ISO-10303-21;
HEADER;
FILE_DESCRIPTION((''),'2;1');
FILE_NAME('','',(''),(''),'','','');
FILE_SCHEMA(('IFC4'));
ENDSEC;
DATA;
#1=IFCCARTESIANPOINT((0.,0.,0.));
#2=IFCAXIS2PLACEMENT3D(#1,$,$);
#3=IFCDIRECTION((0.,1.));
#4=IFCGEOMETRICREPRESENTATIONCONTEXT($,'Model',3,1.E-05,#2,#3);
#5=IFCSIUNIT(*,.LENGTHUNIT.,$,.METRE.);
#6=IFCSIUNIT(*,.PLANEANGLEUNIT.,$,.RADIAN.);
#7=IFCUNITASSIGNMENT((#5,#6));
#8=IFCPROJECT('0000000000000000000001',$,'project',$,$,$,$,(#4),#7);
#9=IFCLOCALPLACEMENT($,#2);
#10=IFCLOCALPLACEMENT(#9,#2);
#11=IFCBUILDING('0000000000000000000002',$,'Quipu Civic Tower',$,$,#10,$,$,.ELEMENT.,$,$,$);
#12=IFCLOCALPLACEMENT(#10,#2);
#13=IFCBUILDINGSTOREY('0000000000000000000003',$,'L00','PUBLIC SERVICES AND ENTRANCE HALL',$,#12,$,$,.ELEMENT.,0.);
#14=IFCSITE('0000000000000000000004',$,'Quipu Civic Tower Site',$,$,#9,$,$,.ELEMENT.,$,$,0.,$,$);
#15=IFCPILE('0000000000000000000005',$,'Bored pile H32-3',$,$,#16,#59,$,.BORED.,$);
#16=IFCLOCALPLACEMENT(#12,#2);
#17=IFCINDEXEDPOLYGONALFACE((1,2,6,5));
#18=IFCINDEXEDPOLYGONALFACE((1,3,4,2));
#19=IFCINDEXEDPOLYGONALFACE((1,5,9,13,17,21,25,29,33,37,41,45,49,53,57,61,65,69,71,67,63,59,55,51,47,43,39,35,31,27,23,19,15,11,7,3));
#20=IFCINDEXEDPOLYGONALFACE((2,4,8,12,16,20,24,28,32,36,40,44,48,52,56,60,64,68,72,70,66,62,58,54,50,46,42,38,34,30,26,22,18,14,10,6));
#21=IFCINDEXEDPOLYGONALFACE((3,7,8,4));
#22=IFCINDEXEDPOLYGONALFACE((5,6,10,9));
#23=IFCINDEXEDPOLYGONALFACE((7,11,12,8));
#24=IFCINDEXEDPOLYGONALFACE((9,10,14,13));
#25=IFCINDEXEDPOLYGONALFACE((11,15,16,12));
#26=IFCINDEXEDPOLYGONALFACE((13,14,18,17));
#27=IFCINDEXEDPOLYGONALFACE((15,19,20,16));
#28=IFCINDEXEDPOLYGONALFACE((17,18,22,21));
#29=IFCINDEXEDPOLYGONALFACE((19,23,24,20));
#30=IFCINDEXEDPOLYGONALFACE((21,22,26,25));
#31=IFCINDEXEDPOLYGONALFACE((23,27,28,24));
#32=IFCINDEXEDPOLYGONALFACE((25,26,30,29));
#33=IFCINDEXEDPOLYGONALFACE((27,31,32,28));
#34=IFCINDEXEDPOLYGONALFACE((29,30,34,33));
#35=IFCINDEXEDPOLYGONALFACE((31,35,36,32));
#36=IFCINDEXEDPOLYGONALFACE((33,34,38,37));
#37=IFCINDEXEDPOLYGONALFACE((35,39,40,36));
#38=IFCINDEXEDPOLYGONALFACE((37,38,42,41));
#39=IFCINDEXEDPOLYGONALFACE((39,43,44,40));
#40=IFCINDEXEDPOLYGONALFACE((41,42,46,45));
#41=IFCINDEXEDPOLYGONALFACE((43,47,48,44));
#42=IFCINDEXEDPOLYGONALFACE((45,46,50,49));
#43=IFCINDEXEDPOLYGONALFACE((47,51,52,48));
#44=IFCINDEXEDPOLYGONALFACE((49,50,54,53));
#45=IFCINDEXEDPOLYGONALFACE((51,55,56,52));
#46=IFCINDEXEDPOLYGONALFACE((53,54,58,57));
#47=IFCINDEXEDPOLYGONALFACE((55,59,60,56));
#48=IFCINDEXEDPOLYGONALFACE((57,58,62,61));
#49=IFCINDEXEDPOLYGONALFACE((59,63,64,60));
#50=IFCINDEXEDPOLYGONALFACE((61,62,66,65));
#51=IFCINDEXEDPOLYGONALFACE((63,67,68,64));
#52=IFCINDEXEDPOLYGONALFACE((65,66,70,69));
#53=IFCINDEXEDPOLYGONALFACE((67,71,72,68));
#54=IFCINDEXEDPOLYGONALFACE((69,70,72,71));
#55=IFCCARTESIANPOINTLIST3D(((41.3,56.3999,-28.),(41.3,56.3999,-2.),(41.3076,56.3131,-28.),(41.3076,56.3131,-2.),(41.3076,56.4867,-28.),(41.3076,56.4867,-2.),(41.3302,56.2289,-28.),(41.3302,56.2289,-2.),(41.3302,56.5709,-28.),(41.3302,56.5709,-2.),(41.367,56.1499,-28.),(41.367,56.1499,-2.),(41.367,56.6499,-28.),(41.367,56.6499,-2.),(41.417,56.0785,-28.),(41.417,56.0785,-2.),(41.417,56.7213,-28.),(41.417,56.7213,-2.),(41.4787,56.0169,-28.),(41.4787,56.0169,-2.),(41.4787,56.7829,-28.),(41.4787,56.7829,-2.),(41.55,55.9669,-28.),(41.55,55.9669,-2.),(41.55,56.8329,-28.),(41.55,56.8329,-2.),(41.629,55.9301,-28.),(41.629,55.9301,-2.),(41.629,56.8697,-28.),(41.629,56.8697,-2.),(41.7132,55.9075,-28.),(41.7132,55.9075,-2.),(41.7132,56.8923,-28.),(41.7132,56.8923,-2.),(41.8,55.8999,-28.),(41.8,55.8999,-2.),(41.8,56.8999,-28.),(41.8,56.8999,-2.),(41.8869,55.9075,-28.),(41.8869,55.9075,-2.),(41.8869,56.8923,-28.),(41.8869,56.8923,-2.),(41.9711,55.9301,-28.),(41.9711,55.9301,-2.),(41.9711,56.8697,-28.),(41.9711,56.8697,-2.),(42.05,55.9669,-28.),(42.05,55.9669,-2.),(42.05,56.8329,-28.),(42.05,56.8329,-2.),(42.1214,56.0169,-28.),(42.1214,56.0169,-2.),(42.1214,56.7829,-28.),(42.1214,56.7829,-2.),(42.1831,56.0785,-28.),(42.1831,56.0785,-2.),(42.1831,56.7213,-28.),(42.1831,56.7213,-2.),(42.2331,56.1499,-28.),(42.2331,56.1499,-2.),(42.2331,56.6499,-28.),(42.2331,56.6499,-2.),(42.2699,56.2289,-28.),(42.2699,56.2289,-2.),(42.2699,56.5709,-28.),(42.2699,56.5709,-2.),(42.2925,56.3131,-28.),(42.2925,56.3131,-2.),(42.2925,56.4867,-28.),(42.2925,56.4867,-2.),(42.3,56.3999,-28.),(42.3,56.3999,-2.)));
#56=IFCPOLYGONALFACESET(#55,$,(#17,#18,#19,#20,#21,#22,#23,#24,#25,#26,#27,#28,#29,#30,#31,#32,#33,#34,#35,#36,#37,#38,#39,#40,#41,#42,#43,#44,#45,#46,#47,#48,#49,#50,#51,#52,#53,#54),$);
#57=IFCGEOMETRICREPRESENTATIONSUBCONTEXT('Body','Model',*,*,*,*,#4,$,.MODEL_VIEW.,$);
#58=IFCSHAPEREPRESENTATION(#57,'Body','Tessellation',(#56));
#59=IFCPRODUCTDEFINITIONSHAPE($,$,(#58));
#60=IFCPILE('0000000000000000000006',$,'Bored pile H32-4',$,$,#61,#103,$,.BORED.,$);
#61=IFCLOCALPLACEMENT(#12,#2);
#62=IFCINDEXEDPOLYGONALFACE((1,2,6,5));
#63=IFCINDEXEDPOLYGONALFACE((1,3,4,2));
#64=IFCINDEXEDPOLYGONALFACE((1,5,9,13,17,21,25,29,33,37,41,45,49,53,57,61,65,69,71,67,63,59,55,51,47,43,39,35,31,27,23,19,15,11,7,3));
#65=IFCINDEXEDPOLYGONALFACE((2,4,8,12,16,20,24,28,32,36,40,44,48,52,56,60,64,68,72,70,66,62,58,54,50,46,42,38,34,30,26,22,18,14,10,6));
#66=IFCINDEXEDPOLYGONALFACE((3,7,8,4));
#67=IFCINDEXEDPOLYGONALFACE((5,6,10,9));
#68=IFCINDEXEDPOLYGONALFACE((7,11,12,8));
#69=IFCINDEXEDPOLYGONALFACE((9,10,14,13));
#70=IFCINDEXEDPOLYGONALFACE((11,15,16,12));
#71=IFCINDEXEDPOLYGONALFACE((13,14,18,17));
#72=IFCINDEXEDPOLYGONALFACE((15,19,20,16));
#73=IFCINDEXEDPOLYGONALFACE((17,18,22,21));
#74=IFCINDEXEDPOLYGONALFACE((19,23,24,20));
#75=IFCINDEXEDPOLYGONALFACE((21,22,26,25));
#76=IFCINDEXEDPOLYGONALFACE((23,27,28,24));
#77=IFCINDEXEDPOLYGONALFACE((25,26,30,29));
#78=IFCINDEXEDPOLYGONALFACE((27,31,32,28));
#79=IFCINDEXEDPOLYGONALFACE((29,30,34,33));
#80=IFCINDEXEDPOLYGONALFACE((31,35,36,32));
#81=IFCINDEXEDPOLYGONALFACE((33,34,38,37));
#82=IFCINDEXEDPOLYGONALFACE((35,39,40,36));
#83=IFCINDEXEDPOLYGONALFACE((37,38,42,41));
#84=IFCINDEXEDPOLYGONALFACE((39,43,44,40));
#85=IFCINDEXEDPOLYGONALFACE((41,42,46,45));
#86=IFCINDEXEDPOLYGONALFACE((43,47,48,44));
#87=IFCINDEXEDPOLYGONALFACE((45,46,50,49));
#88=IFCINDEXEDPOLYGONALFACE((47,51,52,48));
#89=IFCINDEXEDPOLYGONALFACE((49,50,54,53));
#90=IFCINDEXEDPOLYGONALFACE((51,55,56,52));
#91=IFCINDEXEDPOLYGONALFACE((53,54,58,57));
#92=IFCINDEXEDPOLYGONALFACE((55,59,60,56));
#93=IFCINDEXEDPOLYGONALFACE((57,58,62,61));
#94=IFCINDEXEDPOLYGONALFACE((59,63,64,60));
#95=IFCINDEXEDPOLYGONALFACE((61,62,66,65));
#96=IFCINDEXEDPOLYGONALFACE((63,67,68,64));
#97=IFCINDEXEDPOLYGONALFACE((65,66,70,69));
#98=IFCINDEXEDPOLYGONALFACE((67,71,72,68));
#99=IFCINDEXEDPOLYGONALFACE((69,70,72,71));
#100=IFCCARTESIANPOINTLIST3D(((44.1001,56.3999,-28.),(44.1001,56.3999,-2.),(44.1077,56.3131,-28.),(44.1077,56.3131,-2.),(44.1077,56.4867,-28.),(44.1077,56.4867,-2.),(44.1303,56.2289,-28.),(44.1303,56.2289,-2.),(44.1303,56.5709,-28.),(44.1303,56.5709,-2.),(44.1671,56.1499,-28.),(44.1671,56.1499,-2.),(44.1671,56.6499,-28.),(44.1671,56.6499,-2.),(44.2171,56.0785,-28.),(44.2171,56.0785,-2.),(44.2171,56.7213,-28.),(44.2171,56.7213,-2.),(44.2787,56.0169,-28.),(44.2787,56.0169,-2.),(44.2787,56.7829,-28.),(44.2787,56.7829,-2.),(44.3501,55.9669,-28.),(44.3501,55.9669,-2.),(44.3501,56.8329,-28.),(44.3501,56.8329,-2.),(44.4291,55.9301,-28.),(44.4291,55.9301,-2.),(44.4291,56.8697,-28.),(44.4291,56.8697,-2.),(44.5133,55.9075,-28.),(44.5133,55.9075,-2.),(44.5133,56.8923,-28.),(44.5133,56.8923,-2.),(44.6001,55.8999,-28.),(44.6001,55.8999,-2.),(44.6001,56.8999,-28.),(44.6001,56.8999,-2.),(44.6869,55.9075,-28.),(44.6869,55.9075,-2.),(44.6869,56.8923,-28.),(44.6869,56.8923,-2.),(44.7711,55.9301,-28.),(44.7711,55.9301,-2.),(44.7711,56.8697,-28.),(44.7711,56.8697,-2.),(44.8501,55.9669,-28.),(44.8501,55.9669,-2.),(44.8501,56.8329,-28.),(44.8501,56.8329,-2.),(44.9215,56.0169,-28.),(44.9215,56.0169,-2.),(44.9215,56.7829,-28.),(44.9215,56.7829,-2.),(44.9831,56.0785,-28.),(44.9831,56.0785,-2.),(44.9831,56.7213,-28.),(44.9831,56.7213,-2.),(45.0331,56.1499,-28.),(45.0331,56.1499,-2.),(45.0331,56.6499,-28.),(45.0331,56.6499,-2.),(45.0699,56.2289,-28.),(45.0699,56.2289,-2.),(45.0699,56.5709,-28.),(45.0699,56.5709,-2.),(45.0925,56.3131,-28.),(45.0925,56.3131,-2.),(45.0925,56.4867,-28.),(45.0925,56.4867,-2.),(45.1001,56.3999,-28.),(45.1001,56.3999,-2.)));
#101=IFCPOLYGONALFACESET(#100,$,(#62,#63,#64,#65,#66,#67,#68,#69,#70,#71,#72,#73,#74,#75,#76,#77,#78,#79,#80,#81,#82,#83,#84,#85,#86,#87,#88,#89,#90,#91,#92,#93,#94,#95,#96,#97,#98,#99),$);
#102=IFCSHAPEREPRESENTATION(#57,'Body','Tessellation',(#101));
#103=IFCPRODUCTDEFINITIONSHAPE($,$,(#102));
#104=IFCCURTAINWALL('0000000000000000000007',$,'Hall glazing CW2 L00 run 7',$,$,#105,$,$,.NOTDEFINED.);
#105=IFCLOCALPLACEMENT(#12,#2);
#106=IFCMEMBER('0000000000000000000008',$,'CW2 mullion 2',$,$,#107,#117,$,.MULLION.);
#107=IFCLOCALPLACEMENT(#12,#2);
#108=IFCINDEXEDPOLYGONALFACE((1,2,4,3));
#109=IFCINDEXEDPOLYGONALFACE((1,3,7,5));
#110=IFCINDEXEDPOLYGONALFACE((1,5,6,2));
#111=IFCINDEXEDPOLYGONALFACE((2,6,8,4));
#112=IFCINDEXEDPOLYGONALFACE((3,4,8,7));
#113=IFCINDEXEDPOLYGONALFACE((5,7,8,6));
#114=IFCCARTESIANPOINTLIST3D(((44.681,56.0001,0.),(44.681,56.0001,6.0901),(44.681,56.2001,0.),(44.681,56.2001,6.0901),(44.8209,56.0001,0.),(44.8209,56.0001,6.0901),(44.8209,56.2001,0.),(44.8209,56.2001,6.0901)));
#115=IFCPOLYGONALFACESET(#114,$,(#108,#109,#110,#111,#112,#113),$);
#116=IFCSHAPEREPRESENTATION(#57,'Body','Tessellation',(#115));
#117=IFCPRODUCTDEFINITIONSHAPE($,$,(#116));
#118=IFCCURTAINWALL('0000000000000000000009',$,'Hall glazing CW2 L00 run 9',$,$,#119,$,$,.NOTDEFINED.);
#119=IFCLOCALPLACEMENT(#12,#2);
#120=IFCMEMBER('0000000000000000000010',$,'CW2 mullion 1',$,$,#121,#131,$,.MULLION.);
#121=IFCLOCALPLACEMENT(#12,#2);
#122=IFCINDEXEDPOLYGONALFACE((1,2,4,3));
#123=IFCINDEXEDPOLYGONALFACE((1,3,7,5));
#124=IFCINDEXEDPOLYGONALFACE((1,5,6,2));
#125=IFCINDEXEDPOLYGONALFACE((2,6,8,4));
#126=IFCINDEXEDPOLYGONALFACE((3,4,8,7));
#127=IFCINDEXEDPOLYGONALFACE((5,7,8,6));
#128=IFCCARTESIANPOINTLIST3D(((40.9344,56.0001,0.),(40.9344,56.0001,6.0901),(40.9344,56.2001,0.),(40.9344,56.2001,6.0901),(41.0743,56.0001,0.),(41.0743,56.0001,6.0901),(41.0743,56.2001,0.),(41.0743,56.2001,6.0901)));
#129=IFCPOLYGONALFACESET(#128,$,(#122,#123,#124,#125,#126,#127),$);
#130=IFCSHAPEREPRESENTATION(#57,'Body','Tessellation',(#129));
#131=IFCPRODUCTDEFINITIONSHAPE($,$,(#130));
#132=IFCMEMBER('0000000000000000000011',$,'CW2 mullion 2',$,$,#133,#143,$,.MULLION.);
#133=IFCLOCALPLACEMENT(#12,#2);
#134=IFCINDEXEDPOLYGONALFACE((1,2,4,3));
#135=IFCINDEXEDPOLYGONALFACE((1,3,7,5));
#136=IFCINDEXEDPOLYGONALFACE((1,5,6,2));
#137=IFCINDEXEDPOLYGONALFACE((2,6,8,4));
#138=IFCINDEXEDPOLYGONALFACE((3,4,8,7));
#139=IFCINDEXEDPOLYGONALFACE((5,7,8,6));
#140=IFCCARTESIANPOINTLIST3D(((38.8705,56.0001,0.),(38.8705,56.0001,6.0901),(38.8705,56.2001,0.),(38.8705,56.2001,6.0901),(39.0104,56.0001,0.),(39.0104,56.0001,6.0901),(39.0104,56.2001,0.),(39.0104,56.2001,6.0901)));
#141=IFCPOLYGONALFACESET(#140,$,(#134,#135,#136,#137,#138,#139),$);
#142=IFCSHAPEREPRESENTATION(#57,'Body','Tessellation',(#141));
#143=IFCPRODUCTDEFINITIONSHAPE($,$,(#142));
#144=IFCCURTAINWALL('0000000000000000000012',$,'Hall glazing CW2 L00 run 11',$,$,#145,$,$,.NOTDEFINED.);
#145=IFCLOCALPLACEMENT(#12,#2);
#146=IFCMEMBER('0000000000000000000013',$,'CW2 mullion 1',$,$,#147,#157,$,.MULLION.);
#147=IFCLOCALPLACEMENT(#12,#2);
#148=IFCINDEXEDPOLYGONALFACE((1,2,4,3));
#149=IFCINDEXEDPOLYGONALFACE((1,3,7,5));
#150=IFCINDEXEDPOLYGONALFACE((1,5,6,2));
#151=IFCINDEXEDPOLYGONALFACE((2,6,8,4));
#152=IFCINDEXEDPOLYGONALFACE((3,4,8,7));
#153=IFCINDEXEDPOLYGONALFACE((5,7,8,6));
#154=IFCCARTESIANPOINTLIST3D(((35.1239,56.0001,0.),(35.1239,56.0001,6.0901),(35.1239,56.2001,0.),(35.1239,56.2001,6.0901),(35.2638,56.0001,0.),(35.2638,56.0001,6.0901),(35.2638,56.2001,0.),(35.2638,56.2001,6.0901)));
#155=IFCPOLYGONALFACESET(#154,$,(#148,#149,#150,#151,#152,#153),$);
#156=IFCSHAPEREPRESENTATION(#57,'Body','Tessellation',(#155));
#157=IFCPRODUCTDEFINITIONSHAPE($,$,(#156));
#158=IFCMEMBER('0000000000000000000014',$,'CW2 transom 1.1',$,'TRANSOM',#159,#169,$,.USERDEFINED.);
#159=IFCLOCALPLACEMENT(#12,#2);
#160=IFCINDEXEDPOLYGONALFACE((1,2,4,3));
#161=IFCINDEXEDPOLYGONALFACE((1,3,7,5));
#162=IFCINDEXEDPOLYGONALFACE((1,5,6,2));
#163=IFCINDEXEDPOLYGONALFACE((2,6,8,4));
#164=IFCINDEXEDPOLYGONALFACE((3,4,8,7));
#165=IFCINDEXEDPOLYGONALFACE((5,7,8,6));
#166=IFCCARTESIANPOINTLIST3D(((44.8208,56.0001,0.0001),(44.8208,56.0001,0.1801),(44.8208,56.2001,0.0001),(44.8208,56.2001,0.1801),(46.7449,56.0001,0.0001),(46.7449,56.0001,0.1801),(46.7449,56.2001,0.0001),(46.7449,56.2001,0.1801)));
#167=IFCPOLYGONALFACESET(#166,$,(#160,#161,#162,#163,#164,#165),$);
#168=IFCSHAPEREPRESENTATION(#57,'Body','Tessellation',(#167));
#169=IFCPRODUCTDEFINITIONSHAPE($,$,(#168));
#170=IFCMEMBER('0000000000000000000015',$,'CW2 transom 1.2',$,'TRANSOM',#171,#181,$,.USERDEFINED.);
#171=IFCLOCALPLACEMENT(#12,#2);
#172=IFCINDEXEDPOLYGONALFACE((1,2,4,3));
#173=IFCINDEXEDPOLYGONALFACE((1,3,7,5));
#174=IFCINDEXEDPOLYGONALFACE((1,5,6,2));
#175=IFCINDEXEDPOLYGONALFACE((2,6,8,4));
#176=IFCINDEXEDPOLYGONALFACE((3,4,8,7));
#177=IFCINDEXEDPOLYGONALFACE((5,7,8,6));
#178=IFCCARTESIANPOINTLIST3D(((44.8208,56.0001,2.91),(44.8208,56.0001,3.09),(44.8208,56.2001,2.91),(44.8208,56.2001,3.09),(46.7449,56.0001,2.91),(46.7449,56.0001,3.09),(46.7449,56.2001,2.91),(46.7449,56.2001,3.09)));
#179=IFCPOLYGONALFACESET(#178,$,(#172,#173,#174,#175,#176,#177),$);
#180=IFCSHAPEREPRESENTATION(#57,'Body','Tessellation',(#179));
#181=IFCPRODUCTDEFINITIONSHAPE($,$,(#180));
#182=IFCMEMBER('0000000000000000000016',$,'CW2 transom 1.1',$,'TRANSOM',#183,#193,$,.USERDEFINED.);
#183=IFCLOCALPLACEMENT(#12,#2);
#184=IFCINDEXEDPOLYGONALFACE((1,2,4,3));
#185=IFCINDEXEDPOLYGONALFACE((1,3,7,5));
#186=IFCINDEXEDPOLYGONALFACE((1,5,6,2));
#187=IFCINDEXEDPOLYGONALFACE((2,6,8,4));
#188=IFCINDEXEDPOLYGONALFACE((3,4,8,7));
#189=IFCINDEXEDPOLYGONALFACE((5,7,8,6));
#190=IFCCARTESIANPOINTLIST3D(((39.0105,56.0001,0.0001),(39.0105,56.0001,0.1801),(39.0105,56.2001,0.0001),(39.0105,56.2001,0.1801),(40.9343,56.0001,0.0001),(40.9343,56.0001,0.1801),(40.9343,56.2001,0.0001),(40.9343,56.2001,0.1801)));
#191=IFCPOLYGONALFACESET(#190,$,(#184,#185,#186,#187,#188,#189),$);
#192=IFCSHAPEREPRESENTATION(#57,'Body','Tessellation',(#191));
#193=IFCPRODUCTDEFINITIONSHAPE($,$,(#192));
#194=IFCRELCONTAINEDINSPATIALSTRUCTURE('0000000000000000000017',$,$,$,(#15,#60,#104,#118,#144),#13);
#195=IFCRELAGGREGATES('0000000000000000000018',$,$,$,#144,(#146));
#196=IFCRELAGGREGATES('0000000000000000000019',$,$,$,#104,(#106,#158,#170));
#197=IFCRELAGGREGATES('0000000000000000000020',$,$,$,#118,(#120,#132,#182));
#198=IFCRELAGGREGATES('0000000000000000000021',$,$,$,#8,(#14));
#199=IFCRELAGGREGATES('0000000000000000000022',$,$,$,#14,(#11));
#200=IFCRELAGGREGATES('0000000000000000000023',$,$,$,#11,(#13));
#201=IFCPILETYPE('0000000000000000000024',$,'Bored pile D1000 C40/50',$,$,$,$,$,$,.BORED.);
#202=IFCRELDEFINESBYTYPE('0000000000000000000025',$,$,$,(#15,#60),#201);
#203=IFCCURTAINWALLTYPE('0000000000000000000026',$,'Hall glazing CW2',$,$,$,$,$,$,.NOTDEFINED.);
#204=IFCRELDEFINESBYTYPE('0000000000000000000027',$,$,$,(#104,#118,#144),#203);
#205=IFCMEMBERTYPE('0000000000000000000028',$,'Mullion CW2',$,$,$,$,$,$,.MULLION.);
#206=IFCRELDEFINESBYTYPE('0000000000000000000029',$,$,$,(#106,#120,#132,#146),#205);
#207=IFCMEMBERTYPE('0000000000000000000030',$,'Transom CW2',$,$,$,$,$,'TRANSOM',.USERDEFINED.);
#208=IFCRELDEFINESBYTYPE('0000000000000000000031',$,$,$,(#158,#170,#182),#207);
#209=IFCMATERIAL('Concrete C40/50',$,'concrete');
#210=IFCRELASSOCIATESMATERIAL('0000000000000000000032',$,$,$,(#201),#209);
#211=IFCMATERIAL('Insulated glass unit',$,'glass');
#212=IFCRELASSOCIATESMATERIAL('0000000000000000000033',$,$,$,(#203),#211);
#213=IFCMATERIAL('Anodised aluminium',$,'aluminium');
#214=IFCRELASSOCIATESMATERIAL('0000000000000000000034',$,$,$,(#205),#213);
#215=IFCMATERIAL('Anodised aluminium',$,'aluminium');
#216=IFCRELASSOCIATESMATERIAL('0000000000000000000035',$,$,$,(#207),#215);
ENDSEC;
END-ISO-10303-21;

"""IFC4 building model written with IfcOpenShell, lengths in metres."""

from ifc_helpers import new_model, si_unit, direction, frame, origin, origin_2d, place, context, subcontext, project, spatial, rectangle, circle, extrude, material, material_profile, profile_set, type_object, element, aggregate, save


model = new_model("IFC4")

# Units and contexts
model_context = context("Model", 3, precision=1e-05, world=origin(), true_north=direction((0.0, 1.0)))
body_context = subcontext(model_context, "Body", "Model", "MODEL_VIEW")
ifc_project = project(units=[si_unit("LENGTHUNIT", "METRE"), si_unit("PLANEANGLEUNIT", "RADIAN")], contexts=[model_context])

# Site, building, storey
site_placement = place(None, origin())
site = spatial("IfcSite", under=ifc_project, at=site_placement, Name="Quipu Civic Tower Site", CompositionType="ELEMENT", RefElevation=0.0)
building_placement = place(site_placement, origin())
building = spatial("IfcBuilding", under=site, at=building_placement, Name="Quipu Civic Tower", CompositionType="ELEMENT")
storey_placement = place(building_placement, origin())
storey = spatial("IfcBuildingStorey", under=building, at=storey_placement, Name="L00", Description="PUBLIC SERVICES AND ENTRANCE HALL", CompositionType="ELEMENT", Elevation=0.0)

# Piles
ifc_material_1 = material(Name="Concrete C40/50", Category="concrete")
ifc_material_profile_1 = material_profile(ifc_material_1, circle(Radius=0.5, at=origin_2d()), Name="RCD1000")
ifc_profile_set_1 = profile_set([ifc_material_profile_1], Name="Concrete C40/50")
pile_type = type_object("IfcPileType", Name="Bored pile D1000 C40/50", PredefinedType="BORED", material=ifc_profile_set_1)
for number, where, z_axis, x_axis, name in (
    (1, (41.8, 56.3999, -2.0), (0.0, 0.0, -1.0), (1.0, 0.0, 0.0), "Bored pile H32-3"),
    (2, (44.6001, 56.3999, -2.0), (0.0, 0.0, -1.0), (1.0, 0.0, 0.0), "Bored pile H32-4"),
):
    element("IfcPile", number, at=place(storey_placement, frame(where, z_axis=z_axis, x_axis=x_axis)), inside=storey, type_object=pile_type, Name=name, PredefinedType="BORED", context=body_context, shape_type="SweptSolid", body=[
        extrude(circle(Radius=0.5, at=origin_2d()), origin(), (0.0, 0.0, 1.0), 26.0),
    ])

# Curtain wall, member
ifc_material_2 = material(Name="Insulated glass unit", Category="glass")
curtain_wall_type = type_object("IfcCurtainWallType", Name="Hall glazing CW2", PredefinedType="NOTDEFINED", material=ifc_material_2)
curtain_wall_1_placement = place(storey_placement, origin())
curtain_wall_1 = element("IfcCurtainWall", 3, at=curtain_wall_1_placement, inside=storey, type_object=curtain_wall_type, Name="Hall glazing CW2 L00 run 7", PredefinedType="NOTDEFINED")
ifc_material_3 = material(Name="Anodised aluminium", Category="aluminium")
ifc_material_profile_2 = material_profile(ifc_material_3, rectangle(XDim=0.2, YDim=0.1399, at=origin_2d()), Name="RECT 200x140")
ifc_profile_set_2 = profile_set([ifc_material_profile_2], Name="Anodised aluminium")
member_type_1 = type_object("IfcMemberType", Name="Mullion CW2", PredefinedType="MULLION", material=ifc_profile_set_2)
member_1_placement = place(storey_placement, frame((44.751, 56.1001, 0.0), z_axis=(0.0, 0.0, 1.0), x_axis=(0.0, -1.0, 0.0)))
member_1 = element("IfcMember", 4, at=member_1_placement, type_object=member_type_1, Name="CW2 mullion 2", PredefinedType="MULLION", context=body_context, shape_type="SweptSolid", body=[
    extrude(rectangle(XDim=0.2, YDim=0.1399, at=origin_2d()), origin(), (0.0, 0.0, 1.0), 6.0901),
])

# Curtain wall, members
curtain_wall_2_placement = place(storey_placement, origin())
curtain_wall_2 = element("IfcCurtainWall", 5, at=curtain_wall_2_placement, inside=storey, type_object=curtain_wall_type, Name="Hall glazing CW2 L00 run 9", PredefinedType="NOTDEFINED")
member_2_placement = place(storey_placement, frame((41.0044, 56.1001, 0.0), z_axis=(0.0, 0.0, 1.0), x_axis=(0.0, -1.0, 0.0)))
member_2 = element("IfcMember", 6, at=member_2_placement, type_object=member_type_1, Name="CW2 mullion 1", PredefinedType="MULLION", context=body_context, shape_type="SweptSolid", body=[
    extrude(rectangle(XDim=0.2, YDim=0.1399, at=origin_2d()), origin(), (0.0, 0.0, 1.0), 6.0901),
])
member_3_placement = place(storey_placement, frame((38.9404, 56.1001, 0.0), z_axis=(0.0, 0.0, 1.0), x_axis=(0.0, -1.0, 0.0)))
member_3 = element("IfcMember", 7, at=member_3_placement, type_object=member_type_1, Name="CW2 mullion 2", PredefinedType="MULLION", context=body_context, shape_type="SweptSolid", body=[
    extrude(rectangle(XDim=0.2, YDim=0.1399, at=origin_2d()), origin(), (0.0, 0.0, 1.0), 6.0901),
])

# Curtain wall, member
curtain_wall_3_placement = place(storey_placement, origin())
curtain_wall_3 = element("IfcCurtainWall", 8, at=curtain_wall_3_placement, inside=storey, type_object=curtain_wall_type, Name="Hall glazing CW2 L00 run 11", PredefinedType="NOTDEFINED")
member_4_placement = place(storey_placement, frame((35.1938, 56.1001, 0.0), z_axis=(0.0, 0.0, 1.0), x_axis=(0.0, -1.0, 0.0)))
member_4 = element("IfcMember", 9, at=member_4_placement, type_object=member_type_1, Name="CW2 mullion 1", PredefinedType="MULLION", context=body_context, shape_type="SweptSolid", body=[
    extrude(rectangle(XDim=0.2, YDim=0.1399, at=origin_2d()), origin(), (0.0, 0.0, 1.0), 6.0901),
])

# Members
ifc_material_4 = material(Name="Anodised aluminium", Category="aluminium")
ifc_material_profile_3 = material_profile(ifc_material_4, rectangle(XDim=0.2, YDim=0.1799, at=origin_2d()), Name="RECT 200x180")
ifc_profile_set_3 = profile_set([ifc_material_profile_3], Name="Anodised aluminium")
member_type_2 = type_object("IfcMemberType", Name="Transom CW2", ElementType="TRANSOM", PredefinedType="USERDEFINED", material=ifc_profile_set_3)
member_5_placement = place(storey_placement, frame((46.7449, 56.1001, 0.0901), z_axis=(-1.0, 0.0, 0.0), x_axis=(0.0, -1.0, 0.0)))
member_5 = element("IfcMember", 10, at=member_5_placement, type_object=member_type_2, Name="CW2 transom 1.1", ObjectType="TRANSOM", PredefinedType="USERDEFINED", context=body_context, shape_type="SweptSolid", body=[
    extrude(rectangle(XDim=0.2, YDim=0.1799, at=origin_2d()), origin(), (0.0, 0.0, 1.0), 1.9241),
])
member_6_placement = place(storey_placement, frame((46.7449, 56.1001, 3.0), z_axis=(-1.0, 0.0, 0.0), x_axis=(0.0, -1.0, 0.0)))
member_6 = element("IfcMember", 11, at=member_6_placement, type_object=member_type_2, Name="CW2 transom 1.2", ObjectType="TRANSOM", PredefinedType="USERDEFINED", context=body_context, shape_type="SweptSolid", body=[
    extrude(rectangle(XDim=0.2, YDim=0.1799, at=origin_2d()), origin(), (0.0, 0.0, 1.0), 1.9241),
])
member_7_placement = place(storey_placement, frame((40.9343, 56.1001, 0.0901), z_axis=(-1.0, 0.0, 0.0), x_axis=(0.0, -1.0, 0.0)))
member_7 = element("IfcMember", 12, at=member_7_placement, type_object=member_type_2, Name="CW2 transom 1.1", ObjectType="TRANSOM", PredefinedType="USERDEFINED", context=body_context, shape_type="SweptSolid", body=[
    extrude(rectangle(XDim=0.2, YDim=0.1799, at=origin_2d()), origin(), (0.0, 0.0, 1.0), 1.9238),
])
aggregate(curtain_wall_3, [member_4])

aggregate(curtain_wall_1, [member_1, member_5, member_6])
aggregate(curtain_wall_2, [member_2, member_3, member_7])

save(model, "model.ifc")
